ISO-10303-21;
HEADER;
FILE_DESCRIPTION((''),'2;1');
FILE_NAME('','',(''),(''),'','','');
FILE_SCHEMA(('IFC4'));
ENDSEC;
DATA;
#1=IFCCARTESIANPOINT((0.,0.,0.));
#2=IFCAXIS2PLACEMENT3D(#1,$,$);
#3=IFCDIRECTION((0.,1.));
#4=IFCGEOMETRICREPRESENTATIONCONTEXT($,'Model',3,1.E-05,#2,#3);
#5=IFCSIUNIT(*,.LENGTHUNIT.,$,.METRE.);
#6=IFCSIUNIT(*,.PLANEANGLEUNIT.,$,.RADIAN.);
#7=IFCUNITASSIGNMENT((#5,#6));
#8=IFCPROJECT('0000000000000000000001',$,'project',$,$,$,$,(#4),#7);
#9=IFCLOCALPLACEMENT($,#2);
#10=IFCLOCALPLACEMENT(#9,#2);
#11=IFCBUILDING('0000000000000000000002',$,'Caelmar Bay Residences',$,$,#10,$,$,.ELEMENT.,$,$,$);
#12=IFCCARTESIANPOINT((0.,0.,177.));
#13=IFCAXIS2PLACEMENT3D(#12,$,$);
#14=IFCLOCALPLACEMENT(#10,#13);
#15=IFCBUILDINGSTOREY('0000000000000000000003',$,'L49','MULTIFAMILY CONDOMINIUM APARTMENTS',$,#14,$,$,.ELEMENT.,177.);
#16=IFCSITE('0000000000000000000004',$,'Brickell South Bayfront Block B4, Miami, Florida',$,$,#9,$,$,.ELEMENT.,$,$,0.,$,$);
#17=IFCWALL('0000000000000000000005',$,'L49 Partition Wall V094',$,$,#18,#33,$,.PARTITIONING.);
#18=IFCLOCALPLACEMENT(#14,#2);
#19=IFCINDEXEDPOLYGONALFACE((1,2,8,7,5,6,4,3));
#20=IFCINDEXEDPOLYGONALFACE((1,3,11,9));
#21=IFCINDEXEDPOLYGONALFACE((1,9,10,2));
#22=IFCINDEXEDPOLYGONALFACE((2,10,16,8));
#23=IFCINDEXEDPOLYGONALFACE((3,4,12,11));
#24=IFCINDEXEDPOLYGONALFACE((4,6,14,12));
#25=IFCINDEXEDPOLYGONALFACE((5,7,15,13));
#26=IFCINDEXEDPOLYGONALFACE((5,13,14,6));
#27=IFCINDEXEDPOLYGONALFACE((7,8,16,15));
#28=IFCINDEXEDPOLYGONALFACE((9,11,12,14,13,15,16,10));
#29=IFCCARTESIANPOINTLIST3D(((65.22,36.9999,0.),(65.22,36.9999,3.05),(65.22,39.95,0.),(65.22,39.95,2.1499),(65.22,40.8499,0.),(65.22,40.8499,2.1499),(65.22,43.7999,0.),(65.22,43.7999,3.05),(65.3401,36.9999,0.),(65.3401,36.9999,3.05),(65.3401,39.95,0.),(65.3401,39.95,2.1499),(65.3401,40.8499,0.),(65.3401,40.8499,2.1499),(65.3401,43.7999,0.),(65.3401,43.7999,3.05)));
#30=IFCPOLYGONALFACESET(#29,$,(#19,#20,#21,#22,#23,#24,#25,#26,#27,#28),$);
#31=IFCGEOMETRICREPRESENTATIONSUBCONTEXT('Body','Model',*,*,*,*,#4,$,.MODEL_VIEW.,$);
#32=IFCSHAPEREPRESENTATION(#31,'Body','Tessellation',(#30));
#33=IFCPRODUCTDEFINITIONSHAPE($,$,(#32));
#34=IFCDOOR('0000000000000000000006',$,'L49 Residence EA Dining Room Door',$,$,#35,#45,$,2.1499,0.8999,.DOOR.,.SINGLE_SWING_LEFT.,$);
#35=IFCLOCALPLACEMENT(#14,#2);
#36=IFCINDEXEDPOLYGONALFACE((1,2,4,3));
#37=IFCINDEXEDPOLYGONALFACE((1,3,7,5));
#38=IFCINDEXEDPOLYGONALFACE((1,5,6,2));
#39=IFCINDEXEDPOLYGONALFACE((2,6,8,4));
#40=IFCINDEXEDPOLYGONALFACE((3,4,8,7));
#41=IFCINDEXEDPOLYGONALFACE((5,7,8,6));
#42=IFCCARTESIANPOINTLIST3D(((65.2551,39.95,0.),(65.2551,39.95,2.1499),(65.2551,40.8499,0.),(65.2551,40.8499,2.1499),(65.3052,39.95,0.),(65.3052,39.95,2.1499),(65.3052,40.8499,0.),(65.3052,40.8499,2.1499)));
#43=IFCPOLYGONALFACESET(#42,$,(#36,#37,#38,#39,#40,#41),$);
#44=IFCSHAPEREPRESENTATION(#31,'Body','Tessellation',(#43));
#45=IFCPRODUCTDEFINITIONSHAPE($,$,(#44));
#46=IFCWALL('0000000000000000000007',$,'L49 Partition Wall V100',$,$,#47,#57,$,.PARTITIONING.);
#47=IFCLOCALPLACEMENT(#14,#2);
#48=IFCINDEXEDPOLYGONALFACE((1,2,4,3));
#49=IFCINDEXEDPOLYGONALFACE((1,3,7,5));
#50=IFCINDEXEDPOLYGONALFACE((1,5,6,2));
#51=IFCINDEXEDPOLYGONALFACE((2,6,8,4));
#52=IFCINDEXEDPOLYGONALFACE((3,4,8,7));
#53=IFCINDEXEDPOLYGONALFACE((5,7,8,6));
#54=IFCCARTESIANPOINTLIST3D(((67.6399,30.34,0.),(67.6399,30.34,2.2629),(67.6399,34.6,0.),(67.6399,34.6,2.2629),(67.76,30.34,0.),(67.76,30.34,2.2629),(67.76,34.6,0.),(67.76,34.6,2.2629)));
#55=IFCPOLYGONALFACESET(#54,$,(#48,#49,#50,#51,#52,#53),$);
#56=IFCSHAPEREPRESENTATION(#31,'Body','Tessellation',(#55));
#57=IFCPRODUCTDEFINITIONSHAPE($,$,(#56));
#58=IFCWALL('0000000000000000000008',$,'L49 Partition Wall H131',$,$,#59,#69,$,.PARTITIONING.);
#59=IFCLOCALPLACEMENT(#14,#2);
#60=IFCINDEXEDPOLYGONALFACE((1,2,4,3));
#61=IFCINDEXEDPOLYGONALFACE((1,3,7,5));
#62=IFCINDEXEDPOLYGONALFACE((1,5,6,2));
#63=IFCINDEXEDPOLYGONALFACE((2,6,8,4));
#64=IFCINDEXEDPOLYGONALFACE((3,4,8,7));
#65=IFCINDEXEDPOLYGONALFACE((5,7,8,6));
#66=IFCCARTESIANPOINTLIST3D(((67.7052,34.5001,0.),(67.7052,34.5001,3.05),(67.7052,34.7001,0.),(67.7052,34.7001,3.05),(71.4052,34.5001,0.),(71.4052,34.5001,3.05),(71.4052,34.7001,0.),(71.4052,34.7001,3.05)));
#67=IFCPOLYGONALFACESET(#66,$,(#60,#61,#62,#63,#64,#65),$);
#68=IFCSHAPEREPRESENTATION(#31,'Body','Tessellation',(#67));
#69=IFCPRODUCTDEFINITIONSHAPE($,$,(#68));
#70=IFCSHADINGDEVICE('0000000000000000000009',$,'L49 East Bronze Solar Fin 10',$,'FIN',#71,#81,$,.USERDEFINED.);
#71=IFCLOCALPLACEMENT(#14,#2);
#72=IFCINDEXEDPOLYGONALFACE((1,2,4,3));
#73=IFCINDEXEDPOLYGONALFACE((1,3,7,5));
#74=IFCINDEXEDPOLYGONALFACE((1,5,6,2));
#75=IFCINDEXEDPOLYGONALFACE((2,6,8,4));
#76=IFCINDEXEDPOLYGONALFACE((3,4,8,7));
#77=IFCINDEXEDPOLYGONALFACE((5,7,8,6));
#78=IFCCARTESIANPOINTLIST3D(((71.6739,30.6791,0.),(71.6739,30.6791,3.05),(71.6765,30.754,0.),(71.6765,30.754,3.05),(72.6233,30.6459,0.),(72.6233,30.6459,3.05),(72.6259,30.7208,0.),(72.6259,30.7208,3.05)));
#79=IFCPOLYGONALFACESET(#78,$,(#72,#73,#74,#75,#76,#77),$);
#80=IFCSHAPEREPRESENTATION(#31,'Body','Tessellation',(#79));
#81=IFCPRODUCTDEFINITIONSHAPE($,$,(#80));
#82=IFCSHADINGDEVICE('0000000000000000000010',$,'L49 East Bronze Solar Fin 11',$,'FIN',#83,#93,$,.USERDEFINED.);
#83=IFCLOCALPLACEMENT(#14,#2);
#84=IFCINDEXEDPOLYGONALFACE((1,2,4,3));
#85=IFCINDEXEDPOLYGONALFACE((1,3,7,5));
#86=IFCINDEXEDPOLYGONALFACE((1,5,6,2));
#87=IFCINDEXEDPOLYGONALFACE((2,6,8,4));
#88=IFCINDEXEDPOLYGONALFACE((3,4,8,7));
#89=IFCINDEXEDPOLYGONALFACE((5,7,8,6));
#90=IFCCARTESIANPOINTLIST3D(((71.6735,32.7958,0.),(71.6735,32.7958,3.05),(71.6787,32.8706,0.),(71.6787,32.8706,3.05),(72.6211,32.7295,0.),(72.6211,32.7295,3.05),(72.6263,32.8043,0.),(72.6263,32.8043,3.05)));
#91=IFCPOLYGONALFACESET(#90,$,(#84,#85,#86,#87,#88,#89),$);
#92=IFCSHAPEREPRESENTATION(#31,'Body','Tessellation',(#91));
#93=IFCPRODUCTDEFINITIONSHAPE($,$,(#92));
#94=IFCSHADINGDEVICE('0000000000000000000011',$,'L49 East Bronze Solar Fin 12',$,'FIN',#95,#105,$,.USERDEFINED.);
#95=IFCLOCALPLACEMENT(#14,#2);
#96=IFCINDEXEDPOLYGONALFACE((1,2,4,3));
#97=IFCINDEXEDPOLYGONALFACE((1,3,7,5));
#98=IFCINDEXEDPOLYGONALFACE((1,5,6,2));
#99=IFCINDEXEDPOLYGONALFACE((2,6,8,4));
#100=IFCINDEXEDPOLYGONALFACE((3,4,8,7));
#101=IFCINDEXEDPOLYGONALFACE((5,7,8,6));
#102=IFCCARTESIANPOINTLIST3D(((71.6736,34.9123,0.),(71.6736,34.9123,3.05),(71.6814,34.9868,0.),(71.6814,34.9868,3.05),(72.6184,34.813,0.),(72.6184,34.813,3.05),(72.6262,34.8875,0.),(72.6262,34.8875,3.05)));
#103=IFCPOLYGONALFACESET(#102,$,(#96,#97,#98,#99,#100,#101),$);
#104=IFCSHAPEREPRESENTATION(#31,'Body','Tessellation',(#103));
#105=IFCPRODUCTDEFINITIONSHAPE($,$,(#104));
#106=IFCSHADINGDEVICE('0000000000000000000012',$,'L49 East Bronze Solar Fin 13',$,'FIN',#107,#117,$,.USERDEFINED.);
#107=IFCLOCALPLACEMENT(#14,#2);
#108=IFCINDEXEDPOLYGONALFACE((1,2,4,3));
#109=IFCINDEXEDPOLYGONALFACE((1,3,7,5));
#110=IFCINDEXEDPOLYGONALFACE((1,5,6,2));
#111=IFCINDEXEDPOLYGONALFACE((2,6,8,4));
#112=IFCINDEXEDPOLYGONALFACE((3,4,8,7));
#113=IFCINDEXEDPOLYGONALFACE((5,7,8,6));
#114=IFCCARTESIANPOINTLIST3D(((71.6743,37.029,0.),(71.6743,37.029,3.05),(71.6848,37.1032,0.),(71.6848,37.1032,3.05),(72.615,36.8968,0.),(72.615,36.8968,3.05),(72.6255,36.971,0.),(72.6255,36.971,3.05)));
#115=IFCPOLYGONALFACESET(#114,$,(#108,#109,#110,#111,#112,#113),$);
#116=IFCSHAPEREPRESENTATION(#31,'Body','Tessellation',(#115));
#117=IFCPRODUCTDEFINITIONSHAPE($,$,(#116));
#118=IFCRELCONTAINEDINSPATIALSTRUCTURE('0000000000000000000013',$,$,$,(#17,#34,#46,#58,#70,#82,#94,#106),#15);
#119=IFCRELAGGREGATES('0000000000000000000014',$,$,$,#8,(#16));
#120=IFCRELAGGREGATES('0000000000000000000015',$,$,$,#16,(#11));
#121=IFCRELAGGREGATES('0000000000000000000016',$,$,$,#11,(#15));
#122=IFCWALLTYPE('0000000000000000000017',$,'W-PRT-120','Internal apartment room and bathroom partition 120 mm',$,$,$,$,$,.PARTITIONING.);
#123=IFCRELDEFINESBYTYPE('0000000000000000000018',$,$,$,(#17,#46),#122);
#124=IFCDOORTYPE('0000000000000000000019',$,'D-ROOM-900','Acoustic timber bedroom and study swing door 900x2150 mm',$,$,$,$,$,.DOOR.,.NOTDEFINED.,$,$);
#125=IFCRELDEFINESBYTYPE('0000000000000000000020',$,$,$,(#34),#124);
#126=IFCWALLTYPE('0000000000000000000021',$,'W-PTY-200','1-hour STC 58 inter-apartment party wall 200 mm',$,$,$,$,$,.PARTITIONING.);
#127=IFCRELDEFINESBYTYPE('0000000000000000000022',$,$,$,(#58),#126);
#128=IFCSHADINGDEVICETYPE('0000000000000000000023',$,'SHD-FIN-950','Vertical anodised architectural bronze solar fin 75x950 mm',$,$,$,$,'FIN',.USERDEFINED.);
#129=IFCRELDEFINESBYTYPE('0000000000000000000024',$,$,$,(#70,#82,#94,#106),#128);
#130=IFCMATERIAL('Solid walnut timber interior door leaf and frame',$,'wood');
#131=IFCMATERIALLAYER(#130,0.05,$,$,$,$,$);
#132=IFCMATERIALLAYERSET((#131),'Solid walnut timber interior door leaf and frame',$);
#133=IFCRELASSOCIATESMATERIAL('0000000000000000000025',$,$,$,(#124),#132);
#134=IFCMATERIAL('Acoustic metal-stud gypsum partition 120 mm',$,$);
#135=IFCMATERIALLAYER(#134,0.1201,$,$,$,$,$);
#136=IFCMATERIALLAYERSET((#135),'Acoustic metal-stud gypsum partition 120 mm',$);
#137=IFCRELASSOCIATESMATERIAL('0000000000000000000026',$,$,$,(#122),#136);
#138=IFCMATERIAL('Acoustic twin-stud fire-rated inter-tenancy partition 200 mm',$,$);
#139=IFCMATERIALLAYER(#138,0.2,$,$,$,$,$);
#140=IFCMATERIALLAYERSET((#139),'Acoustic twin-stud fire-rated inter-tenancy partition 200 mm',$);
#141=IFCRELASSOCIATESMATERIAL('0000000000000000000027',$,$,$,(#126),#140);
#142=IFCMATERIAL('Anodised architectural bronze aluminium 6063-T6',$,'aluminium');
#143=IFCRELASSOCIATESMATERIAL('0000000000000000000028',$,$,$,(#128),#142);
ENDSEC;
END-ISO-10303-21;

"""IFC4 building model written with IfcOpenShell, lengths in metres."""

from ifc_helpers import new_model, si_unit, direction, frame, frame_2d, origin, origin_2d, place, context, subcontext, project, spatial, rectangle, extrude, material, layer, layer_set, material_profile, profile_set, type_object, element, fill, save


model = new_model("IFC4")

# Units and contexts
model_context = context("Model", 3, precision=1e-05, world=origin(), true_north=direction((0.0, 1.0)))
body_context = subcontext(model_context, "Body", "Model", "MODEL_VIEW")
ifc_project = project(units=[si_unit("LENGTHUNIT", "METRE"), si_unit("PLANEANGLEUNIT", "RADIAN")], contexts=[model_context])

# Site, building, storey
site_placement = place(None, origin())
site = spatial("IfcSite", under=ifc_project, at=site_placement, Name="Brickell South Bayfront Block B4, Miami, Florida", CompositionType="ELEMENT", RefElevation=0.0)
building_placement = place(site_placement, origin())
building = spatial("IfcBuilding", under=site, at=building_placement, Name="Caelmar Bay Residences", CompositionType="ELEMENT")
storey_placement = place(building_placement, frame((0.0, 0.0, 177.0)))
storey = spatial("IfcBuildingStorey", under=building, at=storey_placement, Name="L49", Description="MULTIFAMILY CONDOMINIUM APARTMENTS", CompositionType="ELEMENT", Elevation=177.0)

# Wall, opening, door
ifc_material_1 = material(Name="Solid walnut timber interior door leaf and frame", Category="wood")
ifc_layer_1 = layer(ifc_material_1, 0.05)
ifc_layer_set_1 = layer_set([ifc_layer_1], Name="Solid walnut timber interior door leaf and frame")
door_type_1 = type_object("IfcDoorType", Name="D-ROOM-900", Description="Acoustic timber bedroom and study swing door 900x2150 mm", OperationType="NOTDEFINED", PredefinedType="DOOR", material=ifc_layer_set_1)
ifc_material_2 = material(Name="Acoustic metal-stud gypsum partition 120 mm")
ifc_layer_2 = layer(ifc_material_2, 0.1201)
ifc_layer_set_2 = layer_set([ifc_layer_2], Name="Acoustic metal-stud gypsum partition 120 mm")
wall_type_1 = type_object("IfcWallType", Name="W-PRT-120", Description="Internal apartment room and bathroom partition 120 mm", PredefinedType="PARTITIONING", material=ifc_layer_set_2)
wall_1_placement = place(storey_placement, frame((65.28, 37.0, 0.0), z_axis=(0.0, 0.0, 1.0), x_axis=(0.0, 1.0, 0.0)))
wall_1 = element("IfcWall", 1, at=wall_1_placement, inside=storey, type_object=wall_type_1, Name="L49 Partition Wall V094", PredefinedType="PARTITIONING", context=body_context, shape_type="SweptSolid", body=[
    extrude(rectangle(XDim=6.8, YDim=0.1201, at=frame_2d((3.3999, 0.0))), origin(), (0.0, 0.0, 1.0), 3.05),
])
opening_1_placement = place(wall_1_placement, frame((2.95, 0.0, 0.0)))
opening_1 = element("IfcOpeningElement", 2, at=opening_1_placement, cuts=wall_1, PredefinedType="OPENING", context=body_context, shape_type="SweptSolid", body=[
    extrude(rectangle(XDim=0.8999, YDim=2.1499, at=frame_2d((0.45, 1.075))), frame((0.0, 0.0701, 0.0), z_axis=(0.0, -1.0, 0.0), x_axis=(1.0, 0.0, 0.0)), (0.0, 0.0, 1.0), 0.1401),
])
door_1_placement = place(opening_1_placement, origin())
door_1 = element("IfcDoor", 3, at=door_1_placement, inside=storey, type_object=door_type_1, Name="L49 Residence EA Dining Room Door", OperationType="SINGLE_SWING_LEFT", OverallHeight=2.1499, OverallWidth=0.8999, PredefinedType="DOOR", context=body_context, shape_type="SweptSolid", body=[
    extrude(rectangle(XDim=0.8999, YDim=2.1499, at=frame_2d((0.45, 1.075))), frame((0.0, 0.0249, 0.0), z_axis=(0.0, -1.0, 0.0), x_axis=(1.0, 0.0, 0.0)), (0.0, 0.0, 1.0), 0.05),
])
fill(opening_1, door_1)

# Walls
wall_2_placement = place(storey_placement, frame((67.7, 30.3401, 0.0), z_axis=(0.0, 0.0, 1.0), x_axis=(0.0, 1.0, 0.0)))
element("IfcWall", 4, at=wall_2_placement, inside=storey, type_object=wall_type_1, Name="L49 Partition Wall V100", PredefinedType="PARTITIONING", context=body_context, shape_type="SweptSolid", body=[
    extrude(rectangle(XDim=4.26, YDim=0.1201, at=frame_2d((2.1299, 0.0))), origin(), (0.0, 0.0, 1.0), 2.2629),
])
ifc_material_3 = material(Name="Acoustic twin-stud fire-rated inter-tenancy partition 200 mm")
ifc_layer_3 = layer(ifc_material_3, 0.2)
ifc_layer_set_3 = layer_set([ifc_layer_3], Name="Acoustic twin-stud fire-rated inter-tenancy partition 200 mm")
wall_type_2 = type_object("IfcWallType", Name="W-PTY-200", Description="1-hour STC 58 inter-apartment party wall 200 mm", PredefinedType="PARTITIONING", material=ifc_layer_set_3)
wall_3_placement = place(storey_placement, frame((67.7051, 34.6001, 0.0), z_axis=(0.0, 0.0, 1.0), x_axis=(1.0, 0.0, 0.0)))
element("IfcWall", 5, at=wall_3_placement, inside=storey, type_object=wall_type_2, Name="L49 Partition Wall H131", PredefinedType="PARTITIONING", context=body_context, shape_type="SweptSolid", body=[
    extrude(rectangle(XDim=3.7, YDim=0.2, at=frame_2d((1.8501, 0.0))), origin(), (0.0, 0.0, 1.0), 3.05),
])

# Shading devices
ifc_material_4 = material(Name="Anodised architectural bronze aluminium 6063-T6", Category="aluminium")
ifc_material_profile = material_profile(ifc_material_4, rectangle(XDim=0.075, YDim=0.95, at=origin_2d()), Name="BRONZE-FIN-75X950")
ifc_profile_set = profile_set([ifc_material_profile], Name="Anodised architectural bronze aluminium 6063-T6")
shading_device_type = type_object("IfcShadingDeviceType", Name="SHD-FIN-950", Description="Vertical anodised architectural bronze solar fin 75x950 mm", ElementType="FIN", PredefinedType="USERDEFINED", material=ifc_profile_set)
for number, where, z_axis, x_axis, name in (
    (6, (72.1499, 30.7, 0.0), (0.0, 0.0, 1.0), (0.034899, 0.999391, 0.0), "L49 East Bronze Solar Fin 10"),
    (7, (72.1499, 32.8, 0.0), (0.0, 0.0, 1.0), (0.069756, 0.997564, 0.0), "L49 East Bronze Solar Fin 11"),
    (8, (72.1499, 34.8999, 0.0), (0.0, 0.0, 1.0), (0.104528, 0.994522, 0.0), "L49 East Bronze Solar Fin 12"),
    (9, (72.1499, 37.0, 0.0), (0.0, 0.0, 1.0), (0.139173, 0.990268, 0.0), "L49 East Bronze Solar Fin 13"),
):
    element("IfcShadingDevice", number, at=place(storey_placement, frame(where, z_axis=z_axis, x_axis=x_axis)), inside=storey, type_object=shading_device_type, Name=name, ObjectType="FIN", PredefinedType="USERDEFINED", context=body_context, shape_type="SweptSolid", body=[
        extrude(rectangle(XDim=0.075, YDim=0.95, at=origin_2d()), origin(), (0.0, 0.0, 1.0), 3.05),
    ])

save(model, "model.ifc")
